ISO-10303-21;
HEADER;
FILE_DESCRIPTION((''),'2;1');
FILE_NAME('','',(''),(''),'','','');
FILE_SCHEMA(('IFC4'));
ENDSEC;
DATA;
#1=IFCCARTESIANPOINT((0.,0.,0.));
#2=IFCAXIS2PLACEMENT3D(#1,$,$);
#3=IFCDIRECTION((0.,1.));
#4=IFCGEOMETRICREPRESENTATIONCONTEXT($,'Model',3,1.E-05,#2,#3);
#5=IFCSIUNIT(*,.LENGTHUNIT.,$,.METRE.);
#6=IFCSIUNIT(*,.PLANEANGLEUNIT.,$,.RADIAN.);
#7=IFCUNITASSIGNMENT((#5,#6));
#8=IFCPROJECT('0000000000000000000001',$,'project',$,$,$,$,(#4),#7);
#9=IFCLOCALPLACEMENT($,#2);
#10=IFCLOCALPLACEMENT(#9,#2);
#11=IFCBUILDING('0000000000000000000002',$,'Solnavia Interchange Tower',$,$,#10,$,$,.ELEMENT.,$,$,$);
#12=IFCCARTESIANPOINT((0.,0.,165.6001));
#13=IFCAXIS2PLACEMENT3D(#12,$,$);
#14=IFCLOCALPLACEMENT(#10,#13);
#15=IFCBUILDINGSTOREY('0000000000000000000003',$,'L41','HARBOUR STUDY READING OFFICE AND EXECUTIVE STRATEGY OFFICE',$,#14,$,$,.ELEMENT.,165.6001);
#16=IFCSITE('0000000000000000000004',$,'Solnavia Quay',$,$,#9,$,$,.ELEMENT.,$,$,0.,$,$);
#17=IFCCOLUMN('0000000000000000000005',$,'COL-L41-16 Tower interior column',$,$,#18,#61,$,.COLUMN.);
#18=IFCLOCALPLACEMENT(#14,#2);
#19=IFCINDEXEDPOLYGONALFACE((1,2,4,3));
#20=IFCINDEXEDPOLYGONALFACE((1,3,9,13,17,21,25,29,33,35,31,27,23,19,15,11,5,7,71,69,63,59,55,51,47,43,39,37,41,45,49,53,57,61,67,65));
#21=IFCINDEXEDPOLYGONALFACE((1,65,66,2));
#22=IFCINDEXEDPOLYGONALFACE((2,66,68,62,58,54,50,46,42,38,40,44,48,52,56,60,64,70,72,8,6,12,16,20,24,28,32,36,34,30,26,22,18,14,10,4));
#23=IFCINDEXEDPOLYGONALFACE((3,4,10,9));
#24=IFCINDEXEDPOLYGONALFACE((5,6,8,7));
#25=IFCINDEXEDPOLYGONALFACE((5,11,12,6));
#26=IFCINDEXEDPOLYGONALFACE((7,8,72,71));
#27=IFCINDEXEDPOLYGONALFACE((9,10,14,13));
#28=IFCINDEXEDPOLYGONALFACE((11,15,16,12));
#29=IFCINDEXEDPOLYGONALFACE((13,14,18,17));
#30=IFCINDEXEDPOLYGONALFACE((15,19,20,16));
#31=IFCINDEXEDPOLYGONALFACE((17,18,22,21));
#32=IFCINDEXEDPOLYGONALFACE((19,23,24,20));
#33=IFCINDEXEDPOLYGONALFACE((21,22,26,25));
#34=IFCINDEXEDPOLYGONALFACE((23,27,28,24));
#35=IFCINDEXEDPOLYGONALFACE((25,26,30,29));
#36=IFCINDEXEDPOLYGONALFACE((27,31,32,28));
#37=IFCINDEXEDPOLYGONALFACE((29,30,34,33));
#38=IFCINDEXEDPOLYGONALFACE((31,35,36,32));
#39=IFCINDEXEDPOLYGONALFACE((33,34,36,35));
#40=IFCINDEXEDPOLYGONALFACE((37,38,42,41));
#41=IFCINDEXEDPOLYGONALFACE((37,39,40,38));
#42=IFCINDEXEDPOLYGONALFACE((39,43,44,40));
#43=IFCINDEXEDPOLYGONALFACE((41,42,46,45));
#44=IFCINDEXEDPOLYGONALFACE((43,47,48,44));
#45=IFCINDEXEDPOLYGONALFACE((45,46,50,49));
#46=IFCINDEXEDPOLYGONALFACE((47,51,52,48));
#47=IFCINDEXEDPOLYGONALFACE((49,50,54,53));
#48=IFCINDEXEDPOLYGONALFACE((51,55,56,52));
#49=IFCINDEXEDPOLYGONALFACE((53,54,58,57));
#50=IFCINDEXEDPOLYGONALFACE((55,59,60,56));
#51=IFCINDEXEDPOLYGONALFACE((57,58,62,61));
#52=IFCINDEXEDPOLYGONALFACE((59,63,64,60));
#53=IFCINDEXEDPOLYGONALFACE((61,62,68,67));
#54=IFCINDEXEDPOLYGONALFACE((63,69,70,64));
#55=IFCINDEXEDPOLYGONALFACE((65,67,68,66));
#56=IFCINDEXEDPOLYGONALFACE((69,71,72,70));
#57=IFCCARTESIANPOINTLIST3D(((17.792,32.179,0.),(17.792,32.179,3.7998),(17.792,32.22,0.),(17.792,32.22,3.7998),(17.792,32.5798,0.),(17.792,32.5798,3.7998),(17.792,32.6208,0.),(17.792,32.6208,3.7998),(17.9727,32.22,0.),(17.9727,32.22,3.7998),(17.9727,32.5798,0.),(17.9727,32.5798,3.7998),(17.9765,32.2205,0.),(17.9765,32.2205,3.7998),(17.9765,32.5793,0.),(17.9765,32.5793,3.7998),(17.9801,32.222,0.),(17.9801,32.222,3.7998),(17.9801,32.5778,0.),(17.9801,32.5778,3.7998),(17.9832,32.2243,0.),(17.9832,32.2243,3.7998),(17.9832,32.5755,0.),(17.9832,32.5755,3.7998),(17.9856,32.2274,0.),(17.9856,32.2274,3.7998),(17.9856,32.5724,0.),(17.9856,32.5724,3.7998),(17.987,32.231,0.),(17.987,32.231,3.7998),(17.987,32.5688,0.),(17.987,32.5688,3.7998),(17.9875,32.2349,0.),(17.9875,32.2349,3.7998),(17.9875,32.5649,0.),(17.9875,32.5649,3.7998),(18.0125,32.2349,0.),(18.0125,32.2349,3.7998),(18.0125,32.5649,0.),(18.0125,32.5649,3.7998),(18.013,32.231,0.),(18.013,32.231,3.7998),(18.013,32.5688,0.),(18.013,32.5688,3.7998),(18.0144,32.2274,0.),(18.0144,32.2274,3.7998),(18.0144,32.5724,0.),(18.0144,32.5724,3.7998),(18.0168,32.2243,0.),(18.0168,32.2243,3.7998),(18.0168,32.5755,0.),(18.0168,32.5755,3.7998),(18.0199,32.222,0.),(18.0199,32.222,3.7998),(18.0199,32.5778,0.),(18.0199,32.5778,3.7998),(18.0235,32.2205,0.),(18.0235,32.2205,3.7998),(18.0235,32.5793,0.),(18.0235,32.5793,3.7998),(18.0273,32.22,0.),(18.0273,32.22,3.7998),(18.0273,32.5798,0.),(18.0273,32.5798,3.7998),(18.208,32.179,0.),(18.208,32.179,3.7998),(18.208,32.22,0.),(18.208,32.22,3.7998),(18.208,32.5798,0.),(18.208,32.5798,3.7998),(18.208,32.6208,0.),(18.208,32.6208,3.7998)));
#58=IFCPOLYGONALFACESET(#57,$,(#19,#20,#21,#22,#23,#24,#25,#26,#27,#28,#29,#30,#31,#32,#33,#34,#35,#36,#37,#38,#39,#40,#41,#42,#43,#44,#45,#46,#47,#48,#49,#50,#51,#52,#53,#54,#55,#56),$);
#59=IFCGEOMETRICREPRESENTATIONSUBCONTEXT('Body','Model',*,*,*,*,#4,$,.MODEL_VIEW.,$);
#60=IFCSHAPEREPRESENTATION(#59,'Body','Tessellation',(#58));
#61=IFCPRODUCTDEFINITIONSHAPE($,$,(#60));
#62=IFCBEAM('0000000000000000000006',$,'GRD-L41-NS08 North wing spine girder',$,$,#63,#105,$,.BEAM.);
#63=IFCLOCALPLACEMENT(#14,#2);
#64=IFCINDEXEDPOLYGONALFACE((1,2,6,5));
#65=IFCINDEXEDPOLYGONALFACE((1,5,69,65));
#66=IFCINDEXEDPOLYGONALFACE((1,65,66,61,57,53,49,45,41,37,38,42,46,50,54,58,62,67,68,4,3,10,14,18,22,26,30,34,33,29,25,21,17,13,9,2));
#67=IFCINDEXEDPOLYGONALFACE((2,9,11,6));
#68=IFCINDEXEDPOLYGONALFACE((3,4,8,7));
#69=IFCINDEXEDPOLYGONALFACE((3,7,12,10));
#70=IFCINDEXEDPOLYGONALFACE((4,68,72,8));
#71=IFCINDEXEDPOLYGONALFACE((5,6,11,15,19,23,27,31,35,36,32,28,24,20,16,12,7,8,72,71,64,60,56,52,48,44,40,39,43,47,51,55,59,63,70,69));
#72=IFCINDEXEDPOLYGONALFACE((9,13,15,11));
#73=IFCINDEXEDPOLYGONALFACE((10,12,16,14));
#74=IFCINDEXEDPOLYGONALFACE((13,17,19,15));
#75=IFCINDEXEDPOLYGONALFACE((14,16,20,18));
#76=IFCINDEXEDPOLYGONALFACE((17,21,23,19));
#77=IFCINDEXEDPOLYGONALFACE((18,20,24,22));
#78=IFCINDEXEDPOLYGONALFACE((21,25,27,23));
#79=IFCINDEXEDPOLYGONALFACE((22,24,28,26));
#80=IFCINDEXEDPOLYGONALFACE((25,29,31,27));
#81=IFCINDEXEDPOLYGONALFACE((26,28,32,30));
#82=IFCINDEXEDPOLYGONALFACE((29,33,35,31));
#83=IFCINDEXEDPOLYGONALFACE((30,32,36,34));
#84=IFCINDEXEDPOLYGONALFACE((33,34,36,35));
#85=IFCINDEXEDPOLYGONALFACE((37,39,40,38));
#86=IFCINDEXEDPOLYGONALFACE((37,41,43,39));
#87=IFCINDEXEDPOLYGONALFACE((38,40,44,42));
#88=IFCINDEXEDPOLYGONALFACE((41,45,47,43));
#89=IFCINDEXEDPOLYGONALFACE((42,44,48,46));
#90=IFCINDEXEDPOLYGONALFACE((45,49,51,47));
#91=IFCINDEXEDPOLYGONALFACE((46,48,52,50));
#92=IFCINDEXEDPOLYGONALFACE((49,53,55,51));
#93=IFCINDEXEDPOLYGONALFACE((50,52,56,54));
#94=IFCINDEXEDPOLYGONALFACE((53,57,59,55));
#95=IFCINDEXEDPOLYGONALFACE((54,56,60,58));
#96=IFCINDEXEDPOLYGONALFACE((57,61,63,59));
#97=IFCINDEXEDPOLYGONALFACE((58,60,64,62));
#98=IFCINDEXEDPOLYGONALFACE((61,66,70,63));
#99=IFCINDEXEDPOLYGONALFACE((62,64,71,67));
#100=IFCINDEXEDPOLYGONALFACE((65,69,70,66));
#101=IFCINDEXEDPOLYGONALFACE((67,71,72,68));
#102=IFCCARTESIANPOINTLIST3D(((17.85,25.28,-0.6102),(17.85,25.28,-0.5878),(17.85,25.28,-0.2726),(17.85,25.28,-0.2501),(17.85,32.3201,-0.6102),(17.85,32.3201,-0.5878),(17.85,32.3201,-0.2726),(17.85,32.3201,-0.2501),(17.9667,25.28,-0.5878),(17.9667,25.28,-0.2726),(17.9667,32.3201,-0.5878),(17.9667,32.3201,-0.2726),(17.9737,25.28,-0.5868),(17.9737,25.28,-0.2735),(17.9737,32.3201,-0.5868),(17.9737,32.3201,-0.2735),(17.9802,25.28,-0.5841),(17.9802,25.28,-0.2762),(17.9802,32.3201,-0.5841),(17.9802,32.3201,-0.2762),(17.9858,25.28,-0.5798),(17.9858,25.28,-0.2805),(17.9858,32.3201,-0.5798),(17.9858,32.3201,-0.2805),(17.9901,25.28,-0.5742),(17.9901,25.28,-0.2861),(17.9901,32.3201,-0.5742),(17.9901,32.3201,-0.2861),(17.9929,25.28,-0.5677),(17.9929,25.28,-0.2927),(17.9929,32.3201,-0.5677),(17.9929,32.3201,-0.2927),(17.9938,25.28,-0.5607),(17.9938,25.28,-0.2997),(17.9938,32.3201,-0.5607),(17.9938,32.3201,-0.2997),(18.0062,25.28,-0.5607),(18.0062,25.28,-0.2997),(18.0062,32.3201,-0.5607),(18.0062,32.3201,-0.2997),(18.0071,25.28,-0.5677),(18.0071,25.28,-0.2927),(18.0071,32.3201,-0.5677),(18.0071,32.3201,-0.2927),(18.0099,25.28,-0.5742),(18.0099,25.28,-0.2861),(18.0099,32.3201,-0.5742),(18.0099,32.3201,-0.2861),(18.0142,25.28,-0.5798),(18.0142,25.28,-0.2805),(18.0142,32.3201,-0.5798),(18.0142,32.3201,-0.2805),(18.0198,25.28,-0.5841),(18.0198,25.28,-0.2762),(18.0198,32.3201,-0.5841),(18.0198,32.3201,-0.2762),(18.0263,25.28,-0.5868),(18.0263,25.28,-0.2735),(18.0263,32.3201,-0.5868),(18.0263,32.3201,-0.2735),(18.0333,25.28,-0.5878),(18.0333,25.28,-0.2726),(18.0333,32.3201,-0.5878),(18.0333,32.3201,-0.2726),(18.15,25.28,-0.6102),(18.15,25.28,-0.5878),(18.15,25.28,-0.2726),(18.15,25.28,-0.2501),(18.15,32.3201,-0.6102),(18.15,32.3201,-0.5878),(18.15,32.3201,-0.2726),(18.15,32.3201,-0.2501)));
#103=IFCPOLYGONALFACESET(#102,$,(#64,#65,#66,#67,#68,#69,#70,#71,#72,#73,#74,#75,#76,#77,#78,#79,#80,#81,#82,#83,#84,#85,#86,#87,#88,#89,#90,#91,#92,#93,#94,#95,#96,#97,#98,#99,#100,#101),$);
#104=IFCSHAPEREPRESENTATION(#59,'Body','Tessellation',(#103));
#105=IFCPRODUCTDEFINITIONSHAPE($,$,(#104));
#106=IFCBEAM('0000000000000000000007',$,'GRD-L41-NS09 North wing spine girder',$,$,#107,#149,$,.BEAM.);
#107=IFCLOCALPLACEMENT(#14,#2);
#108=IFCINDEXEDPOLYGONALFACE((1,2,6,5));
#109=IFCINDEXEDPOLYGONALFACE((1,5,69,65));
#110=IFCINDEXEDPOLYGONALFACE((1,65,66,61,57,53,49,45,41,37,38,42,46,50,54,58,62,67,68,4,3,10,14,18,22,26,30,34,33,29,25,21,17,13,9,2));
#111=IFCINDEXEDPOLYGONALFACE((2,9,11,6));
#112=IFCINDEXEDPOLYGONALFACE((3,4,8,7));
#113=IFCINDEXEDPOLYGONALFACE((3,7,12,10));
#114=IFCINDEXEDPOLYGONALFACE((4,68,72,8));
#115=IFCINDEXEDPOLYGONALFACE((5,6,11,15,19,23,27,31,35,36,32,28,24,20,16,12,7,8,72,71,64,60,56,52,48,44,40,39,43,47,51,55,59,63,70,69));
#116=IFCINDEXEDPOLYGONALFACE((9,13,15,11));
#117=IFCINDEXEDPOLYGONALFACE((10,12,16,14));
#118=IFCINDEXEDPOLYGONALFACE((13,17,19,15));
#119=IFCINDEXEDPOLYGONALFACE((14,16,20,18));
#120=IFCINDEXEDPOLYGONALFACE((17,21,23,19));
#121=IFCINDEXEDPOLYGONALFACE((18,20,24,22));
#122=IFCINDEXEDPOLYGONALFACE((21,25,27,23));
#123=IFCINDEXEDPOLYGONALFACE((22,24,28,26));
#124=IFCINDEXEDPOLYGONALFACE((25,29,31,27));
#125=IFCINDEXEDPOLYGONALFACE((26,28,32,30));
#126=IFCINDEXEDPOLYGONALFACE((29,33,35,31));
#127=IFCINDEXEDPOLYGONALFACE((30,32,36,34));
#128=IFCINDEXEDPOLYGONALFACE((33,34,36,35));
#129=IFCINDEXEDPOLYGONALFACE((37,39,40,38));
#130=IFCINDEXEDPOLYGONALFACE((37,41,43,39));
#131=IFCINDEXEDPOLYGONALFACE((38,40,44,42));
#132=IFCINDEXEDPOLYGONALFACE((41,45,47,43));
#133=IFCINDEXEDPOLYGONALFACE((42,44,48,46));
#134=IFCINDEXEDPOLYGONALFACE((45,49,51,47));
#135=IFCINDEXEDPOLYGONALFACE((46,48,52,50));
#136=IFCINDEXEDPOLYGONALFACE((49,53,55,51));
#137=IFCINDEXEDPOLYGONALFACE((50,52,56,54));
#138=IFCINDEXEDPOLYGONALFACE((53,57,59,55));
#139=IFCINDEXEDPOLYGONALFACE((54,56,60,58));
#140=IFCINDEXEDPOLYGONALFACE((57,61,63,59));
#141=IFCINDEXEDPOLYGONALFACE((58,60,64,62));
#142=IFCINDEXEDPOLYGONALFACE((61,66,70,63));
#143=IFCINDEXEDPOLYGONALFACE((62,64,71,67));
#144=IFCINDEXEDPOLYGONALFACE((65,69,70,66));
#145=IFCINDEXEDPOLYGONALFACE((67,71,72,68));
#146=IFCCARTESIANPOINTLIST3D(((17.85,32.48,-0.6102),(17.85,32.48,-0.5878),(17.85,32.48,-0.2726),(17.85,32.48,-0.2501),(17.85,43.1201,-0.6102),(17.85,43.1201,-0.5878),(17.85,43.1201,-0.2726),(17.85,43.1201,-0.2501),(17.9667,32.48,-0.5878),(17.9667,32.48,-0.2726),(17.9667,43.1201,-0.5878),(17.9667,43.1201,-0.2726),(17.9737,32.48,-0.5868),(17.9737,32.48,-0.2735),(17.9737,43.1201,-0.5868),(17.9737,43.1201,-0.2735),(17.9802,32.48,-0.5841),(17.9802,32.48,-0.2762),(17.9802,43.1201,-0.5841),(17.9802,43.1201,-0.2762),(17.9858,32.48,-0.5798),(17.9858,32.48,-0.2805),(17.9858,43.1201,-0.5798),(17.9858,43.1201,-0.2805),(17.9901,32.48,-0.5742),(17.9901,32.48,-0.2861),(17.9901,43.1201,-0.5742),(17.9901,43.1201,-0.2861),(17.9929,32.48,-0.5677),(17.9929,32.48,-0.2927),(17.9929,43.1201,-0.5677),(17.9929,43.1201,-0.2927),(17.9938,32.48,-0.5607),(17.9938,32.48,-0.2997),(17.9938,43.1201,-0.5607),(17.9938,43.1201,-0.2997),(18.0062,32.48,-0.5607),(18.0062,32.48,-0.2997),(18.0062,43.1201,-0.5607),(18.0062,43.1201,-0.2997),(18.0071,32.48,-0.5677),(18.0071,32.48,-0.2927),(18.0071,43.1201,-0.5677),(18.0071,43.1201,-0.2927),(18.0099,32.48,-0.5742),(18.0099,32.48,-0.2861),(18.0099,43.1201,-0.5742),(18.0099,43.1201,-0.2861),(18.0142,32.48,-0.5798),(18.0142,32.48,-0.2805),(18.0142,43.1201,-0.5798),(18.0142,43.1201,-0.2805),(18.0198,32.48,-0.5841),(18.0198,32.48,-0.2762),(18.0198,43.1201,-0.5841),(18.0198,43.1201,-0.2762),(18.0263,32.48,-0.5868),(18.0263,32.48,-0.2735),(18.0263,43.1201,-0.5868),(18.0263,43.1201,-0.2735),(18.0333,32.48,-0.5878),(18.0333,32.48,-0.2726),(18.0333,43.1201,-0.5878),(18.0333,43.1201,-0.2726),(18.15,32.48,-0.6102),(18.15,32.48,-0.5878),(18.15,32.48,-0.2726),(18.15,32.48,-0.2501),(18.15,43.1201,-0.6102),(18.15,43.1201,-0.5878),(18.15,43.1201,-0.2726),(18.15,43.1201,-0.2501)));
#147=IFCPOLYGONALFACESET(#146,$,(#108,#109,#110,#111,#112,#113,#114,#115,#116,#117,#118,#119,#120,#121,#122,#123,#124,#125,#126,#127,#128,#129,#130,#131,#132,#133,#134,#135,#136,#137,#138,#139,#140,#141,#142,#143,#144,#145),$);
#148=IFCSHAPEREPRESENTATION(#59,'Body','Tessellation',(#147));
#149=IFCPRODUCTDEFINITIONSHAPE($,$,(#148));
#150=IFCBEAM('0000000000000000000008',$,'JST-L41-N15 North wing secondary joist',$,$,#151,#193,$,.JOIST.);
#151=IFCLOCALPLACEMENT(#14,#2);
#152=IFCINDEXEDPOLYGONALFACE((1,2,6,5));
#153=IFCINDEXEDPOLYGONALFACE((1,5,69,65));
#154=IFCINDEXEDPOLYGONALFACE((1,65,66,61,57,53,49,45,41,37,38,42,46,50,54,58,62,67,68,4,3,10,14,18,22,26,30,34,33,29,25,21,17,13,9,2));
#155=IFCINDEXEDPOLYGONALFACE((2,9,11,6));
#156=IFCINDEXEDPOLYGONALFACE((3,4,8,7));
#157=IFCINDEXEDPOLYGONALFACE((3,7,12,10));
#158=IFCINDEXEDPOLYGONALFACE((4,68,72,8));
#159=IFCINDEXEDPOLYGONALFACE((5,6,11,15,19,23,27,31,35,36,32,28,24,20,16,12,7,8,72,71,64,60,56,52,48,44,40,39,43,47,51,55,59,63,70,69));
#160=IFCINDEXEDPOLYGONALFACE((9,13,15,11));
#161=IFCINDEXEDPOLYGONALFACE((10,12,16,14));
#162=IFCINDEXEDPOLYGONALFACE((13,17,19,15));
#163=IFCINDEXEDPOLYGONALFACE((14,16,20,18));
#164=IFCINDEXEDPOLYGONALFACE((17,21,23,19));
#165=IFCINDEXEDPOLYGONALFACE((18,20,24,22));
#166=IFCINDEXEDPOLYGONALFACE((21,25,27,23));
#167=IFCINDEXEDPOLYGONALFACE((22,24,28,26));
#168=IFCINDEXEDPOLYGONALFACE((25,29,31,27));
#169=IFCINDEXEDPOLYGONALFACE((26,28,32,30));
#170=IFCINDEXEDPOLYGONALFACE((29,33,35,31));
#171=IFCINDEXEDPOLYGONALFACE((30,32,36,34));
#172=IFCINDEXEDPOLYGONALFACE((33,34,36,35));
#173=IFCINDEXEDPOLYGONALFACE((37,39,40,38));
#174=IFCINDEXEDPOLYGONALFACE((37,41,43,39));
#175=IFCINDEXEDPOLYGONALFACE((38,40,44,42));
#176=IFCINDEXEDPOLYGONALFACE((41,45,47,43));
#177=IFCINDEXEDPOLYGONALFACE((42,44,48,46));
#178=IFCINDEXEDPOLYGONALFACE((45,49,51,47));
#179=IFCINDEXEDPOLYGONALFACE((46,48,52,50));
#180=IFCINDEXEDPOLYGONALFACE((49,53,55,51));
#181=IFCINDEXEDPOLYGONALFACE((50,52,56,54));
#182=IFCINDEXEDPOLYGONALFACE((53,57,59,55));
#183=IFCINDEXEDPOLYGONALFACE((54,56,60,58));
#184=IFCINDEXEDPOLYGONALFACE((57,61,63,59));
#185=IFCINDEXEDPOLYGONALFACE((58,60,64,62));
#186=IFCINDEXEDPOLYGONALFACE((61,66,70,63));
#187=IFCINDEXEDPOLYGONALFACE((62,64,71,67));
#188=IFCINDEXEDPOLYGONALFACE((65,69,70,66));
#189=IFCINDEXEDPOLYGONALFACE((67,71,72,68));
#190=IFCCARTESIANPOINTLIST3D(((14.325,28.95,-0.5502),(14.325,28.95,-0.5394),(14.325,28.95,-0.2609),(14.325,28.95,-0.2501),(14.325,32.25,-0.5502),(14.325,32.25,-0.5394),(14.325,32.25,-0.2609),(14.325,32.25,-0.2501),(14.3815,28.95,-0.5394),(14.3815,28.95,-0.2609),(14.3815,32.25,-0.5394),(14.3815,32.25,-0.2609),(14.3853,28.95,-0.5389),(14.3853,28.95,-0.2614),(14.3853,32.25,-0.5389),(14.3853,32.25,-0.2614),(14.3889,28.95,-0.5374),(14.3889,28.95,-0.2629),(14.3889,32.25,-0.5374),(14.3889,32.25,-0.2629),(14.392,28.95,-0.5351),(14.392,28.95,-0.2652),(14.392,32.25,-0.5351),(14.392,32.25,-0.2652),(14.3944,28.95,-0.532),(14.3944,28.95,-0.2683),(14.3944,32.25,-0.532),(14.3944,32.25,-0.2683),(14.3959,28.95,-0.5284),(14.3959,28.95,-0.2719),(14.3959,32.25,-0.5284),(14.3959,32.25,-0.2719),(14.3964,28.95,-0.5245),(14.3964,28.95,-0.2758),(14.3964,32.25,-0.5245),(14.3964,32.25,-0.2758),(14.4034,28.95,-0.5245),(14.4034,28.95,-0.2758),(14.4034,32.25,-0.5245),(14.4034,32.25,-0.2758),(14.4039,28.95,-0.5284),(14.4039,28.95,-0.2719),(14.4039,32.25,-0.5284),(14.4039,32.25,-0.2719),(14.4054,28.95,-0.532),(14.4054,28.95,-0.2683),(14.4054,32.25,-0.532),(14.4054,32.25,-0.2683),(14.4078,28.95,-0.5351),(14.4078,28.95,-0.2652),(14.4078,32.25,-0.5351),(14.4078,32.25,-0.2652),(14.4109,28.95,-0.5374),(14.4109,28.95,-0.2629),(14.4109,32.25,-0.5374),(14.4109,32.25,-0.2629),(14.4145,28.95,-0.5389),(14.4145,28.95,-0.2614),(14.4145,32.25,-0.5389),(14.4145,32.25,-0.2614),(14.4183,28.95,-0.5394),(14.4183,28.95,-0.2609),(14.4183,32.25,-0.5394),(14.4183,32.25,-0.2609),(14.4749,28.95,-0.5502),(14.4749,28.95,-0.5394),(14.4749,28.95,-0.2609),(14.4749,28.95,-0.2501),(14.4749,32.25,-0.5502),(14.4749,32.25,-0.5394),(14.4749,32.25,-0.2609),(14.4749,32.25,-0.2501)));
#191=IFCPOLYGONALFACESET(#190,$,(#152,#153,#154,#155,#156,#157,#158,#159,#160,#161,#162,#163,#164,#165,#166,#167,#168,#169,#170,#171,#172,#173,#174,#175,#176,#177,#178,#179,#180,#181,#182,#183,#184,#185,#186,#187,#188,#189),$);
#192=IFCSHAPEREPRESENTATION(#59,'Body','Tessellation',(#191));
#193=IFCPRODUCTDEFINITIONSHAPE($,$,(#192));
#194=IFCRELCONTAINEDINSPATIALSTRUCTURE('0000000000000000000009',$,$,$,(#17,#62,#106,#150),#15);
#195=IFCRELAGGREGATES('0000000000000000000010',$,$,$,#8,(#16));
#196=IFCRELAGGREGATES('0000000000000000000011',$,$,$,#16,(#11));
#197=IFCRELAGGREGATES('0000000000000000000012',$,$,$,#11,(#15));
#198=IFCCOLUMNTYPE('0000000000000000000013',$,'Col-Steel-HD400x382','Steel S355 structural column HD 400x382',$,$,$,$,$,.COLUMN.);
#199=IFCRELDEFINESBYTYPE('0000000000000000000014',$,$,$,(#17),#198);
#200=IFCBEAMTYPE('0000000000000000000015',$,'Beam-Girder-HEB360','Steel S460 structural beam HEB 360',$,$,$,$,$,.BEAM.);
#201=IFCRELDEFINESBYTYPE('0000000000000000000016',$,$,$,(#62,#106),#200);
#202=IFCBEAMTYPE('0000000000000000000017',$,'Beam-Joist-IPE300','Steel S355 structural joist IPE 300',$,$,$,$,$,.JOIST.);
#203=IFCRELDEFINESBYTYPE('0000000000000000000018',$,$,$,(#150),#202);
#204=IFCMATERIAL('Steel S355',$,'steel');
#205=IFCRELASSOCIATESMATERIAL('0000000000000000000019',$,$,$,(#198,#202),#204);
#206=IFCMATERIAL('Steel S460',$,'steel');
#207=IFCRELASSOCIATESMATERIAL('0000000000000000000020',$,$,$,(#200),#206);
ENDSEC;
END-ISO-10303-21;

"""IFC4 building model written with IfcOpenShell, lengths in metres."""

from ifc_helpers import new_model, si_unit, direction, frame, origin, origin_2d, place, context, subcontext, project, spatial, i_section, extrude, material, material_profile, profile_set, type_object, element, save


model = new_model("IFC4")

# Units and contexts
model_context = context("Model", 3, precision=1e-05, world=origin(), true_north=direction((0.0, 1.0)))
body_context = subcontext(model_context, "Body", "Model", "MODEL_VIEW")
ifc_project = project(units=[si_unit("LENGTHUNIT", "METRE"), si_unit("PLANEANGLEUNIT", "RADIAN")], contexts=[model_context])

# Site, building, storey
site_placement = place(None, origin())
site = spatial("IfcSite", under=ifc_project, at=site_placement, Name="Solnavia Quay", CompositionType="ELEMENT", RefElevation=0.0)
building_placement = place(site_placement, origin())
building = spatial("IfcBuilding", under=site, at=building_placement, Name="Solnavia Interchange Tower", CompositionType="ELEMENT")
storey_placement = place(building_placement, frame((0.0, 0.0, 165.6001)))
storey = spatial("IfcBuildingStorey", under=building, at=storey_placement, Name="L41", Description="HARBOUR STUDY READING OFFICE AND EXECUTIVE STRATEGY OFFICE", CompositionType="ELEMENT", Elevation=165.6001)

# Column
ifc_material_1 = material(Name="Steel S355", Category="steel")
ifc_material_profile_1 = material_profile(ifc_material_1, i_section(OverallWidth=0.416, OverallDepth=0.4419, WebThickness=0.0249, FlangeThickness=0.041, FilletRadius=0.0149, at=origin_2d()), Name="HD 400x382")
ifc_profile_set_1 = profile_set([ifc_material_profile_1], Name="Steel S355")
column_type = type_object("IfcColumnType", Name="Col-Steel-HD400x382", Description="Steel S355 structural column HD 400x382", PredefinedType="COLUMN", material=ifc_profile_set_1)
column_placement = place(storey_placement, frame((18.0, 32.3999, 0.0), z_axis=(0.0, 0.0, 1.0), x_axis=(1.0, 0.0, 0.0)))
element("IfcColumn", 1, at=column_placement, inside=storey, type_object=column_type, Name="COL-L41-16 Tower interior column", PredefinedType="COLUMN", context=body_context, shape_type="SweptSolid", body=[
    extrude(i_section(OverallWidth=0.416, OverallDepth=0.4419, WebThickness=0.0249, FlangeThickness=0.041, FilletRadius=0.0149, at=origin_2d()), origin(), (0.0, 0.0, 1.0), 3.7998),
])

# Beams
ifc_material_2 = material(Name="Steel S460", Category="steel")
ifc_material_profile_2 = material_profile(ifc_material_2, i_section(OverallWidth=0.3, OverallDepth=0.3601, WebThickness=0.0125, FlangeThickness=0.0225, FilletRadius=0.0271, at=origin_2d()), Name="HEB 360")
ifc_profile_set_2 = profile_set([ifc_material_profile_2], Name="Steel S460")
beam_type_1 = type_object("IfcBeamType", Name="Beam-Girder-HEB360", Description="Steel S460 structural beam HEB 360", PredefinedType="BEAM", material=ifc_profile_set_2)
beam_1_placement = place(storey_placement, frame((18.0, 25.28, -0.4302), z_axis=(0.0, 1.0, 0.0), x_axis=(-1.0, 0.0, 0.0)))
element("IfcBeam", 2, at=beam_1_placement, inside=storey, type_object=beam_type_1, Name="GRD-L41-NS08 North wing spine girder", PredefinedType="BEAM", context=body_context, shape_type="SweptSolid", body=[
    extrude(i_section(OverallWidth=0.3, OverallDepth=0.3601, WebThickness=0.0125, FlangeThickness=0.0225, FilletRadius=0.0271, at=origin_2d()), origin(), (0.0, 0.0, 1.0), 7.04),
])
beam_2_placement = place(storey_placement, frame((18.0, 32.48, -0.4302), z_axis=(0.0, 1.0, 0.0), x_axis=(-1.0, 0.0, 0.0)))
element("IfcBeam", 3, at=beam_2_placement, inside=storey, type_object=beam_type_1, Name="GRD-L41-NS09 North wing spine girder", PredefinedType="BEAM", context=body_context, shape_type="SweptSolid", body=[
    extrude(i_section(OverallWidth=0.3, OverallDepth=0.3601, WebThickness=0.0125, FlangeThickness=0.0225, FilletRadius=0.0271, at=origin_2d()), origin(), (0.0, 0.0, 1.0), 10.6401),
])
ifc_material_profile_3 = material_profile(ifc_material_1, i_section(OverallWidth=0.1499, OverallDepth=0.3, WebThickness=0.0071, FlangeThickness=0.0107, FilletRadius=0.0149, at=origin_2d()), Name="IPE 300")
ifc_profile_set_3 = profile_set([ifc_material_profile_3], Name="Steel S355")
beam_type_2 = type_object("IfcBeamType", Name="Beam-Joist-IPE300", Description="Steel S355 structural joist IPE 300", PredefinedType="JOIST", material=ifc_profile_set_3)
beam_3_placement = place(storey_placement, frame((14.3999, 28.95, -0.4001), z_axis=(0.0, 1.0, 0.0), x_axis=(-1.0, 0.0, 0.0)))
element("IfcBeam", 4, at=beam_3_placement, inside=storey, type_object=beam_type_2, Name="JST-L41-N15 North wing secondary joist", PredefinedType="JOIST", context=body_context, shape_type="SweptSolid", body=[
    extrude(i_section(OverallWidth=0.1499, OverallDepth=0.3, WebThickness=0.0071, FlangeThickness=0.0107, FilletRadius=0.0149, at=origin_2d()), origin(), (0.0, 0.0, 1.0), 3.3),
])

save(model, "model.ifc")
